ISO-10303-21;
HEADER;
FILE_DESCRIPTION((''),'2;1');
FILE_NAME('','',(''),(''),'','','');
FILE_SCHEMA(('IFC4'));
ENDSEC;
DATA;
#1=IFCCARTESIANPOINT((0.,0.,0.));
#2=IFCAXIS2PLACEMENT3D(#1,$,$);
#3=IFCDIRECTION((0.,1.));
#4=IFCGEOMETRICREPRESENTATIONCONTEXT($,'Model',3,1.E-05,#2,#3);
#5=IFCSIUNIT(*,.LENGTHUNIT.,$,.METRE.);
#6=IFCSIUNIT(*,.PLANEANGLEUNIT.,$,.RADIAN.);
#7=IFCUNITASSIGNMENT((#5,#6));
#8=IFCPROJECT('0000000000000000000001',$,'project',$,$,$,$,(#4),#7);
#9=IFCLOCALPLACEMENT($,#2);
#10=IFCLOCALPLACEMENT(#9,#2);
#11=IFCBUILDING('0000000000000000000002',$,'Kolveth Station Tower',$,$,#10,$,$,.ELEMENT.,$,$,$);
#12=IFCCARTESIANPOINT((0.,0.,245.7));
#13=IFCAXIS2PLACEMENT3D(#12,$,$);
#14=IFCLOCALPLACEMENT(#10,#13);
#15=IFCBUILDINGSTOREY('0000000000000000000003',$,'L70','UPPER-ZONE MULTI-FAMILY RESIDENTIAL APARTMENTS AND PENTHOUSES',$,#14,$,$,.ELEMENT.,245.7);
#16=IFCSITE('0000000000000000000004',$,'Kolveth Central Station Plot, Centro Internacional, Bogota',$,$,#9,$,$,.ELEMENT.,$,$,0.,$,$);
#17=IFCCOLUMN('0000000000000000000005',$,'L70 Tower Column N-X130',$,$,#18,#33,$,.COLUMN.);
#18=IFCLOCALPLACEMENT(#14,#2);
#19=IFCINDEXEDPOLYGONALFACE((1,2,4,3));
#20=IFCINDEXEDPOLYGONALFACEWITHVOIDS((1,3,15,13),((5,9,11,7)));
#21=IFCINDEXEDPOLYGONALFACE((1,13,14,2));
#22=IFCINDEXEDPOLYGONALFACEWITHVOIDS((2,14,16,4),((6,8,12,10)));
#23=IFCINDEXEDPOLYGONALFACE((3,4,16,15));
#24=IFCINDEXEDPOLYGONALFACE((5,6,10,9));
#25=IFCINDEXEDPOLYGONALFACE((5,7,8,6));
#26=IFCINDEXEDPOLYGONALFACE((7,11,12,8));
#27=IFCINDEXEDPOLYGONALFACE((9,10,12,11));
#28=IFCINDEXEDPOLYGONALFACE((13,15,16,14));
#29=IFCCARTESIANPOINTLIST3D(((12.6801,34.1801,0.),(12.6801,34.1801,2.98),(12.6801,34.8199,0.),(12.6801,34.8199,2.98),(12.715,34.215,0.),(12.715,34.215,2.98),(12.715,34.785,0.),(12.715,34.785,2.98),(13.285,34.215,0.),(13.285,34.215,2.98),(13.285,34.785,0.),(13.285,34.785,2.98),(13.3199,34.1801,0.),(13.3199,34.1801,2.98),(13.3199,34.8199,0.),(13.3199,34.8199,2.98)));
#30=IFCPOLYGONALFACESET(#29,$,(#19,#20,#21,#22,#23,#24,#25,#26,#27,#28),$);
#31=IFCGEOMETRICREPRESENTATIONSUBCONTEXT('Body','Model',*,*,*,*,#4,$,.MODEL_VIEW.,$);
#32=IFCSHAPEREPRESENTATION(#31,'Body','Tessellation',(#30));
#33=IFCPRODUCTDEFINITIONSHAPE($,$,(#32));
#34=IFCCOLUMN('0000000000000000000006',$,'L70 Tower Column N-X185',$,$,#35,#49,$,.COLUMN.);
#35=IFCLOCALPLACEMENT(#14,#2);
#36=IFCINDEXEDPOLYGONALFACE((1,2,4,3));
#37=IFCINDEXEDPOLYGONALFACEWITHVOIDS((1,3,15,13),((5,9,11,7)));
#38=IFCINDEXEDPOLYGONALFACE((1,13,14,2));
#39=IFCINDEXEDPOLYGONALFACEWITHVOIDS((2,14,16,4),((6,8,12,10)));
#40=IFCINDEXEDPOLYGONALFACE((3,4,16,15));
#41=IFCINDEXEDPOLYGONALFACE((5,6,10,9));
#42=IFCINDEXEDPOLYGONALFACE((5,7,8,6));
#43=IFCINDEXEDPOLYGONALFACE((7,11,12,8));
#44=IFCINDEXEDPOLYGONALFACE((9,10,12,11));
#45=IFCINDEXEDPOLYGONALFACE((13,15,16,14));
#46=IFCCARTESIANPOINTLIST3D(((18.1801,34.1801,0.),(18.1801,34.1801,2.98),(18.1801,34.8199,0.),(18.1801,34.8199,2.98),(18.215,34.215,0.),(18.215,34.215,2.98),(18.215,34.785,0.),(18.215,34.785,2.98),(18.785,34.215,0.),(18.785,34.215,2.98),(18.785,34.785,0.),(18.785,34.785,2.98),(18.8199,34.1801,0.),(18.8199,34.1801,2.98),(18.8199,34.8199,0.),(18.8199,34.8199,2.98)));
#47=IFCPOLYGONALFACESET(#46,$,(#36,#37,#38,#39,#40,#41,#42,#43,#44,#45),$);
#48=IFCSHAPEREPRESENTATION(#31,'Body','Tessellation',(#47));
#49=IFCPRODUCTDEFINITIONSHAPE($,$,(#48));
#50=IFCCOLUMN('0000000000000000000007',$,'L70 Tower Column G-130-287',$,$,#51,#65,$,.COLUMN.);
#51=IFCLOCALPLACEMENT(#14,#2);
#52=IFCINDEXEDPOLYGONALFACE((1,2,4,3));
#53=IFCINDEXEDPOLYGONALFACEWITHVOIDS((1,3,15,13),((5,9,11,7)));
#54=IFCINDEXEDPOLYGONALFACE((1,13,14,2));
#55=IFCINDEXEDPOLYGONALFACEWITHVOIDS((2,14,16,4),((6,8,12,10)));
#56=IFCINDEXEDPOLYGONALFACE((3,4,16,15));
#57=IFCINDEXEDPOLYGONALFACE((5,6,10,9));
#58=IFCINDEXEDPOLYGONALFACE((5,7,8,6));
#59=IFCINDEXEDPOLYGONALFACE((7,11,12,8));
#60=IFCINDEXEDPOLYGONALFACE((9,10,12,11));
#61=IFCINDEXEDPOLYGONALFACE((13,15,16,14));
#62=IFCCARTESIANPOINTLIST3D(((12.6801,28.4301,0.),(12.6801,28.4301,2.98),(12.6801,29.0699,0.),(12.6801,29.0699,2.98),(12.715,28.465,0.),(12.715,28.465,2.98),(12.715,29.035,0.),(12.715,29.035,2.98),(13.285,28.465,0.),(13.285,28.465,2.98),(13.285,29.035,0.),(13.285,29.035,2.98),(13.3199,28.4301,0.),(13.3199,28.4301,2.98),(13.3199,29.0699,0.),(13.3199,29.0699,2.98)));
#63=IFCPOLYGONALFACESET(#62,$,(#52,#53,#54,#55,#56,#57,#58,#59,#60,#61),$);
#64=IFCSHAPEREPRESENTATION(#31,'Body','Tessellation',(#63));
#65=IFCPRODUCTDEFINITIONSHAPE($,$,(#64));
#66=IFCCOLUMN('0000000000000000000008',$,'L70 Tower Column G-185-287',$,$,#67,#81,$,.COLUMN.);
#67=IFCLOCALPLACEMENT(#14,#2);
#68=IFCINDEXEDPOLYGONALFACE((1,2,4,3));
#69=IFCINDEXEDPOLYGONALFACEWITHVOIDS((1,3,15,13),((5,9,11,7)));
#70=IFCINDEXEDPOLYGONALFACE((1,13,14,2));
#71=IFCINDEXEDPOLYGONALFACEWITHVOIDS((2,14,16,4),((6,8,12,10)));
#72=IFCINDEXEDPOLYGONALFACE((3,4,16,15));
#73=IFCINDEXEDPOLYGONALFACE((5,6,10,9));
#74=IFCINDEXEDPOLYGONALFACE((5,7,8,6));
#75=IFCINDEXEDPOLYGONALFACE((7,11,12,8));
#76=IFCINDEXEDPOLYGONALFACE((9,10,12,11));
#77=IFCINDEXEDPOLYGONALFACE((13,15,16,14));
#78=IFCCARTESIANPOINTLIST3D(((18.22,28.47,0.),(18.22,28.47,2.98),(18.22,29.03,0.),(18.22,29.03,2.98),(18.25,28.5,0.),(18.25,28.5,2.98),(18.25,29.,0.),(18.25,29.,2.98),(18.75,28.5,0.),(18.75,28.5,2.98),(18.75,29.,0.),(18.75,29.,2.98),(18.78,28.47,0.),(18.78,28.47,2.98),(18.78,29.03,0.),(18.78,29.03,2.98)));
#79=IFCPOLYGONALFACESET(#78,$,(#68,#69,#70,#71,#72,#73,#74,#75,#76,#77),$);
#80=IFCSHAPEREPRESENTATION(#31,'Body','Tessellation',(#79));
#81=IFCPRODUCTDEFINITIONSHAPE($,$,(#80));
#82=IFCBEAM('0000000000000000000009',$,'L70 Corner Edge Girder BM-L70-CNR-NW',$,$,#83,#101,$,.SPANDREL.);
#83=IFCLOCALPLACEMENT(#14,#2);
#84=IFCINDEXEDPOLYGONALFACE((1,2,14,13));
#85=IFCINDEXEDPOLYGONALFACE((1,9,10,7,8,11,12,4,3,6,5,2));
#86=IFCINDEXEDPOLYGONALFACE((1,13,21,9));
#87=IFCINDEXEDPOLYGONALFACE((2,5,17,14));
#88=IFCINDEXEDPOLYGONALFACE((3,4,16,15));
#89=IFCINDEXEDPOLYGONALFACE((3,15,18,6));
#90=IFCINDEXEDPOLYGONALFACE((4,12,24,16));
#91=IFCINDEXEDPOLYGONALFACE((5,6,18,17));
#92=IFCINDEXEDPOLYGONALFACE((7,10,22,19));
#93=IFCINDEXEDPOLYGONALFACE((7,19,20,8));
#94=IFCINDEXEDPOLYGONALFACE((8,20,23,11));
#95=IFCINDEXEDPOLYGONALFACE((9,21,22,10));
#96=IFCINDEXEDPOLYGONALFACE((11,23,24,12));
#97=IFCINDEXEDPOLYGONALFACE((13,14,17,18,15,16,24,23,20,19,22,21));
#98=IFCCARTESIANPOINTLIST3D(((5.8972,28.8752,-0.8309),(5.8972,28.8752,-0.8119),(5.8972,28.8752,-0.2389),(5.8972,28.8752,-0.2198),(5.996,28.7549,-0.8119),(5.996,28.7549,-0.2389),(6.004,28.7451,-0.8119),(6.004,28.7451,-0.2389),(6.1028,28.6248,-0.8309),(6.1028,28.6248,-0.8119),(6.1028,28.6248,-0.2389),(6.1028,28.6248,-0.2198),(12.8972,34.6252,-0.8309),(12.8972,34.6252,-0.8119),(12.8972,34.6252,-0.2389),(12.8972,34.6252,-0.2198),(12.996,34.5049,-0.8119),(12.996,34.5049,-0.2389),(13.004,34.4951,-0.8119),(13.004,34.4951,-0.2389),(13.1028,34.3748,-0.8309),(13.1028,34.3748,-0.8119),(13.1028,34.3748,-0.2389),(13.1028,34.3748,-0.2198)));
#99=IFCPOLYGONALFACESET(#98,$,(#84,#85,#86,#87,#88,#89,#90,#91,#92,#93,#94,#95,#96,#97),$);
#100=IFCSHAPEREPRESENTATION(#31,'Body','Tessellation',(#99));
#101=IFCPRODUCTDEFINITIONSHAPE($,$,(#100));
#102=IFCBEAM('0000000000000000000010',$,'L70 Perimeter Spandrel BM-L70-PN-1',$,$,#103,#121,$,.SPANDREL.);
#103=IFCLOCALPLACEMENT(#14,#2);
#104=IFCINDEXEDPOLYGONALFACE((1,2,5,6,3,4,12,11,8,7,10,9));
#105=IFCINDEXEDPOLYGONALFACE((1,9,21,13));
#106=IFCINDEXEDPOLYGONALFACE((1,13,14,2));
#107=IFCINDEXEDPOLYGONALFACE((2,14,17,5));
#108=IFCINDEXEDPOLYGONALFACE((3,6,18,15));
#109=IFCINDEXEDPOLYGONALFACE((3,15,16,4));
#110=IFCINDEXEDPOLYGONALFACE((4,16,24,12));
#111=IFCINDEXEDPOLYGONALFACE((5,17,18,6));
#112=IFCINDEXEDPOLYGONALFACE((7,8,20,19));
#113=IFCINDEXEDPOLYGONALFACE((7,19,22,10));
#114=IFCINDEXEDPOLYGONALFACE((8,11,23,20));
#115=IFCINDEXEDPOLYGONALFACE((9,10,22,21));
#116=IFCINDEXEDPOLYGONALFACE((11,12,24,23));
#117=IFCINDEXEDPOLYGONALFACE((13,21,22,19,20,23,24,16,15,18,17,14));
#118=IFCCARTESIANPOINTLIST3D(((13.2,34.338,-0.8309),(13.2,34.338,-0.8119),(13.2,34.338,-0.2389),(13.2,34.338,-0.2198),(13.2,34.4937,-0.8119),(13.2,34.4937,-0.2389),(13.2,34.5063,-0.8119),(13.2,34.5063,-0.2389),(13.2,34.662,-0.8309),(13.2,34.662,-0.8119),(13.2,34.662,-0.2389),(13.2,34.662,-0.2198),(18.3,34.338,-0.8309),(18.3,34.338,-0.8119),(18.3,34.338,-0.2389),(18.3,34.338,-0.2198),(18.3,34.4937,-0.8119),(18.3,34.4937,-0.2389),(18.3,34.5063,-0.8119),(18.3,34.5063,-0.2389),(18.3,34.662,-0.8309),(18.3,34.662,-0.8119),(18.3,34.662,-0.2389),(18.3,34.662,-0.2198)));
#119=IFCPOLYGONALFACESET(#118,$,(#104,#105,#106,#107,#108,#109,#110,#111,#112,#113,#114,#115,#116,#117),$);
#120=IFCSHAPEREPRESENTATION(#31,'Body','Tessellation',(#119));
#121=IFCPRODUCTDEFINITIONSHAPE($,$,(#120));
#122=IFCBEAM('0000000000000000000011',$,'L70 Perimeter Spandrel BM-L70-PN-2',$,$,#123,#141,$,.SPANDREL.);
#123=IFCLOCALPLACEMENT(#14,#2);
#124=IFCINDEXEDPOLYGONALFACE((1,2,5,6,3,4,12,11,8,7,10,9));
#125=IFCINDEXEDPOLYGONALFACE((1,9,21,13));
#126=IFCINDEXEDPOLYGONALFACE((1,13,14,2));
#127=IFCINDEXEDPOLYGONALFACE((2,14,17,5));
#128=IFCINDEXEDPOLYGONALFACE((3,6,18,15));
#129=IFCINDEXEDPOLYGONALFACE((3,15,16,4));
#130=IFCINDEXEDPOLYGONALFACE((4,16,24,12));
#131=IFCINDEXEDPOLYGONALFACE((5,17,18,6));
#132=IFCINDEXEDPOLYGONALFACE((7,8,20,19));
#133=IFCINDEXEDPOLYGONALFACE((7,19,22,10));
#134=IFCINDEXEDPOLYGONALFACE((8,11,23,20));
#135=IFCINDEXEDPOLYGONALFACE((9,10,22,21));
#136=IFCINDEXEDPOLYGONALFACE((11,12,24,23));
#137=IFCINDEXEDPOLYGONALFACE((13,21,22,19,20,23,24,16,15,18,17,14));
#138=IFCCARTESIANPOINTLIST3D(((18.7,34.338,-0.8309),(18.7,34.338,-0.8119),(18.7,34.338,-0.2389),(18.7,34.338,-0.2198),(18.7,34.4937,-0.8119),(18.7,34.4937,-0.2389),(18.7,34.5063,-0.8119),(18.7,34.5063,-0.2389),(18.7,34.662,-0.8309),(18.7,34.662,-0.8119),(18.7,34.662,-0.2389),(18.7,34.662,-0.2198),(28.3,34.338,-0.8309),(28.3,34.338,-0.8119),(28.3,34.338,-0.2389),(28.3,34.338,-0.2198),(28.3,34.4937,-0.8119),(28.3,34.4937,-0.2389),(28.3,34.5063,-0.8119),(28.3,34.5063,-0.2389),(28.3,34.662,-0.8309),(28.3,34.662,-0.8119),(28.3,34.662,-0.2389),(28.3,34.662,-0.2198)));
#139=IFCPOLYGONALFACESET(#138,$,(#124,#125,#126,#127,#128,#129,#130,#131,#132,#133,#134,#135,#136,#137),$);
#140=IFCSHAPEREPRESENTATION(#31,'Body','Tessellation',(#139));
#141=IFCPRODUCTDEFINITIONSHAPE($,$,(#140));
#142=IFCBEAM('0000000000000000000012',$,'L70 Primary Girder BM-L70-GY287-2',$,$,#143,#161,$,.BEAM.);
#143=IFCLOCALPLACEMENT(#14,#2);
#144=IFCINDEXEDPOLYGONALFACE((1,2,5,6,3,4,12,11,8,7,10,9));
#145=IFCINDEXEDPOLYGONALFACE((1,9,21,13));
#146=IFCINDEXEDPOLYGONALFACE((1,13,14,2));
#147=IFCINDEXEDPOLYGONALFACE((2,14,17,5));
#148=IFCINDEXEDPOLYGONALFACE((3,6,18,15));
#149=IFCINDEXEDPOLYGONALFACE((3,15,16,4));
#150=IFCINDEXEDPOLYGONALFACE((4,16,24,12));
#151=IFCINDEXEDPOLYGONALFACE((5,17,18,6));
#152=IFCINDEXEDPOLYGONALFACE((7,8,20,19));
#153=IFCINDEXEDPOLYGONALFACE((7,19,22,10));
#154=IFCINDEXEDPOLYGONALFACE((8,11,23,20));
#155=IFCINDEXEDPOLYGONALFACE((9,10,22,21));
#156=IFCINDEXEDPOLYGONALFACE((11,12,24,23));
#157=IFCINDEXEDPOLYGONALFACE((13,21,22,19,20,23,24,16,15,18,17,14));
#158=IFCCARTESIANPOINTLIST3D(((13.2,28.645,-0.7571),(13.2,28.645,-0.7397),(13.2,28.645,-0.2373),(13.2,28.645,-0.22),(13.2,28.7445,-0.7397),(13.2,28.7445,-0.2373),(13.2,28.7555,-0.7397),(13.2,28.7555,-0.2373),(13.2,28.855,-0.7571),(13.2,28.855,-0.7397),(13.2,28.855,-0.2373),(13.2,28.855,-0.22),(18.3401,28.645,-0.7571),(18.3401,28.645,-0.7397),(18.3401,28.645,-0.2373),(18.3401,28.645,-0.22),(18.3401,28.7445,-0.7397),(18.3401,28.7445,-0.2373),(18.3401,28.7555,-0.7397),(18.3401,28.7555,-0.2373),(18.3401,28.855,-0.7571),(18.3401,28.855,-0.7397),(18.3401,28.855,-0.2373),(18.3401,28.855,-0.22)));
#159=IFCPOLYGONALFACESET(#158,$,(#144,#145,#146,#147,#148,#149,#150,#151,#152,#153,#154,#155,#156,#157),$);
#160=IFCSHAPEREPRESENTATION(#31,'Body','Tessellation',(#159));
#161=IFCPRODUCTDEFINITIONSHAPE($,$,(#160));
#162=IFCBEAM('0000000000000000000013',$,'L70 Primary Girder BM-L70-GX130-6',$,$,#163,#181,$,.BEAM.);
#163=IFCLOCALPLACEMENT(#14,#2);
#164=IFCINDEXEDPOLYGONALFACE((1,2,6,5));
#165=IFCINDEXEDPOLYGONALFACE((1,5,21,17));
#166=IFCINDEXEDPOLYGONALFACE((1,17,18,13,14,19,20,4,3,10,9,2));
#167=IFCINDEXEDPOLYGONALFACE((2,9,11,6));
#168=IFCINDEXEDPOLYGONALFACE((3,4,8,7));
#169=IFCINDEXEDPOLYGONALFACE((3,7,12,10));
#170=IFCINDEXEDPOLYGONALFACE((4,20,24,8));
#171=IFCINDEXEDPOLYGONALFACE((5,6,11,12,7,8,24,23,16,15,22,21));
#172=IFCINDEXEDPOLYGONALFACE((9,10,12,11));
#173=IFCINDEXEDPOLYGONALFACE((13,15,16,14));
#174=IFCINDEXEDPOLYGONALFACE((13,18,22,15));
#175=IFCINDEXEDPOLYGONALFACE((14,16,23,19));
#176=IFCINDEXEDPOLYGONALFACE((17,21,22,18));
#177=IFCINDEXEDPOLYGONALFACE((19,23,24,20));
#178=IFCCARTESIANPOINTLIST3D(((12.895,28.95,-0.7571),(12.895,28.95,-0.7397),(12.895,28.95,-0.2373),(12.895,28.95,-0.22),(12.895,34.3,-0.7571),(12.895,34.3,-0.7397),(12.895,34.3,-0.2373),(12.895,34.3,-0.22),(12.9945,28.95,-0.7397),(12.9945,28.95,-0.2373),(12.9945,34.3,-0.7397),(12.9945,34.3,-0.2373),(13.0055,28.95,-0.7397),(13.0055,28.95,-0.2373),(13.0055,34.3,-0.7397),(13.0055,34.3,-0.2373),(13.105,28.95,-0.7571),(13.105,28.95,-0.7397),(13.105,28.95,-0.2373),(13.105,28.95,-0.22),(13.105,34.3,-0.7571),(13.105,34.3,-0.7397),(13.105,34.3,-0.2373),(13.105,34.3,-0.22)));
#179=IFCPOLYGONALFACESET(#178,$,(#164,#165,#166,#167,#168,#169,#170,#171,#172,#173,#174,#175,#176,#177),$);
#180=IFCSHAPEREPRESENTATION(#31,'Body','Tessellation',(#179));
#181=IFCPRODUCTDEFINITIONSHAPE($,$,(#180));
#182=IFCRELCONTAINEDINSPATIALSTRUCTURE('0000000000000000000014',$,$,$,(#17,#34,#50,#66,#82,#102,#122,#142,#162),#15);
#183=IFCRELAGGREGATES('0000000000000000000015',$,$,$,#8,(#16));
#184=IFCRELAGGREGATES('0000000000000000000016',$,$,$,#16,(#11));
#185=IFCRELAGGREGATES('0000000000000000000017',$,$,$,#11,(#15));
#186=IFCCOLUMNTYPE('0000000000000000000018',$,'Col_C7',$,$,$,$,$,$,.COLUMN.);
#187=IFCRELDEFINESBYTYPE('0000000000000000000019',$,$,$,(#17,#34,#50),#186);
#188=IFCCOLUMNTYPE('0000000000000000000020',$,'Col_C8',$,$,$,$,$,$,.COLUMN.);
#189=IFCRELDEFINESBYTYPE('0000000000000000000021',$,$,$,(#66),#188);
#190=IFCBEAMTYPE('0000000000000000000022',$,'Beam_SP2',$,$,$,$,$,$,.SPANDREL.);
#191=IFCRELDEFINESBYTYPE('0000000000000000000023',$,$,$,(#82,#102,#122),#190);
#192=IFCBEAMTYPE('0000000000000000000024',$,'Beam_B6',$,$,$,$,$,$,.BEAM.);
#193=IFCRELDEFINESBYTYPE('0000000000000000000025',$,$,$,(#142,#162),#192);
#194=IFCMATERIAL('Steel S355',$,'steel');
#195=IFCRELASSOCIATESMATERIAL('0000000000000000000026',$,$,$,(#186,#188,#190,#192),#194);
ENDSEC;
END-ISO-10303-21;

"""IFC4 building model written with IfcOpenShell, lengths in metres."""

from ifc_helpers import new_model, si_unit, direction, frame, origin, origin_2d, place, context, subcontext, project, spatial, hollow_rectangle, i_section, extrude, source, transform, mapped, material, material_profile, profile_set, type_object, element, save


model = new_model("IFC4")

# Units and contexts
model_context = context("Model", 3, precision=1e-05, world=origin(), true_north=direction((0.0, 1.0)))
body_context = subcontext(model_context, "Body", "Model", "MODEL_VIEW")
ifc_project = project(units=[si_unit("LENGTHUNIT", "METRE"), si_unit("PLANEANGLEUNIT", "RADIAN")], contexts=[model_context])

# Site, building, storey
site_placement = place(None, origin())
site = spatial("IfcSite", under=ifc_project, at=site_placement, Name="Kolveth Central Station Plot, Centro Internacional, Bogota", CompositionType="ELEMENT", RefElevation=0.0)
building_placement = place(site_placement, origin())
building = spatial("IfcBuilding", under=site, at=building_placement, Name="Kolveth Station Tower", CompositionType="ELEMENT")
storey_placement = place(building_placement, frame((0.0, 0.0, 245.7)))
storey = spatial("IfcBuildingStorey", under=building, at=storey_placement, Name="L70", Description="UPPER-ZONE MULTI-FAMILY RESIDENTIAL APARTMENTS AND PENTHOUSES", CompositionType="ELEMENT", Elevation=245.7)

# Columns
ifc_material_1 = material(Name="Steel S355", Category="steel")
ifc_material_profile_1 = material_profile(ifc_material_1, hollow_rectangle(XDim=0.6399, YDim=0.6399, WallThickness=0.0349, at=origin_2d()), Name="BOX640x640x35")
ifc_profile_set_1 = profile_set([ifc_material_profile_1], Name="Steel S355")
column_type_1 = type_object("IfcColumnType", Name="Col_C7", PredefinedType="COLUMN", material=ifc_profile_set_1)
shared_shape_1 = source(origin(), body_context, "Body", "SweptSolid", [
    extrude(hollow_rectangle(XDim=0.6399, YDim=0.6399, WallThickness=0.0349, at=origin_2d()), origin(), (0.0, 0.0, 1.0), 2.98),
])
for number, where, z_axis, x_axis, name in (
    (1, (13.0, 34.5, 0.0), (0.0, 0.0, 1.0), (1.0, 0.0, 0.0), "L70 Tower Column N-X130"),
    (2, (18.5, 34.5, 0.0), (0.0, 0.0, 1.0), (1.0, 0.0, 0.0), "L70 Tower Column N-X185"),
    (3, (13.0, 28.75, 0.0), (0.0, 0.0, 1.0), (1.0, 0.0, 0.0), "L70 Tower Column G-130-287"),
):
    element("IfcColumn", number, at=place(storey_placement, frame(where, z_axis=z_axis, x_axis=x_axis)), inside=storey, type_object=column_type_1, Name=name, PredefinedType="COLUMN", context=body_context, shape_type="MappedRepresentation", body=[
        mapped(shared_shape_1, transform((0.0, 0.0, 0.0), x_axis=(1.0, 0.0, 0.0), y_axis=(0.0, 1.0, 0.0), z_axis=(0.0, 0.0, 1.0), scale=1.0)),
    ])
ifc_material_profile_2 = material_profile(ifc_material_1, hollow_rectangle(XDim=0.5601, YDim=0.5601, WallThickness=0.03, at=origin_2d()), Name="BOX560x560x30")
ifc_profile_set_2 = profile_set([ifc_material_profile_2], Name="Steel S355")
column_type_2 = type_object("IfcColumnType", Name="Col_C8", PredefinedType="COLUMN", material=ifc_profile_set_2)
shared_shape_2 = source(origin(), body_context, "Body", "SweptSolid", [
    extrude(hollow_rectangle(XDim=0.5601, YDim=0.5601, WallThickness=0.03, at=origin_2d()), origin(), (0.0, 0.0, 1.0), 2.98),
])
column_placement = place(storey_placement, frame((18.5, 28.75, 0.0), z_axis=(0.0, 0.0, 1.0), x_axis=(1.0, 0.0, 0.0)))
element("IfcColumn", 4, at=column_placement, inside=storey, type_object=column_type_2, Name="L70 Tower Column G-185-287", PredefinedType="COLUMN", context=body_context, shape_type="MappedRepresentation", body=[
    mapped(shared_shape_2, transform((0.0, 0.0, 0.0), x_axis=(1.0, 0.0, 0.0), y_axis=(0.0, 1.0, 0.0), z_axis=(0.0, 0.0, 1.0), scale=1.0)),
])

# Beams
ifc_material_profile_3 = material_profile(ifc_material_1, i_section(OverallWidth=0.324, OverallDepth=0.6111, WebThickness=0.0127, FlangeThickness=0.019, at=origin_2d()), Name="W610x155")
ifc_profile_set_3 = profile_set([ifc_material_profile_3], Name="Steel S355")
beam_type_1 = type_object("IfcBeamType", Name="Beam_SP2", PredefinedType="SPANDREL", material=ifc_profile_set_3)
shared_shape_3 = source(origin(), body_context, "Body", "SweptSolid", [
    extrude(i_section(OverallWidth=0.324, OverallDepth=0.6111, WebThickness=0.0127, FlangeThickness=0.019, at=origin_2d()), origin(), (0.0, 0.0, 1.0), 9.0588),
])
beam_1_placement = place(storey_placement, frame((13.0, 34.5, -0.5254), z_axis=(-0.772726, -0.634739, 0.0), x_axis=(0.634739, -0.772726, 0.0)))
element("IfcBeam", 5, at=beam_1_placement, inside=storey, type_object=beam_type_1, Name="L70 Corner Edge Girder BM-L70-CNR-NW", PredefinedType="SPANDREL", context=body_context, shape_type="MappedRepresentation", body=[
    mapped(shared_shape_3, transform((0.0, 0.0, 0.0), x_axis=(1.0, 0.0, 0.0), y_axis=(0.0, 1.0, 0.0), z_axis=(0.0, 0.0, 1.0), scale=1.0)),
])
shared_shape_4 = source(origin(), body_context, "Body", "SweptSolid", [
    extrude(i_section(OverallWidth=0.324, OverallDepth=0.6111, WebThickness=0.0127, FlangeThickness=0.019, at=origin_2d()), origin(), (0.0, 0.0, 1.0), 5.1001),
])
beam_2_placement = place(storey_placement, frame((13.2, 34.5, -0.5254), z_axis=(1.0, 0.0, 0.0), x_axis=(0.0, 1.0, 0.0)))
element("IfcBeam", 6, at=beam_2_placement, inside=storey, type_object=beam_type_1, Name="L70 Perimeter Spandrel BM-L70-PN-1", PredefinedType="SPANDREL", context=body_context, shape_type="MappedRepresentation", body=[
    mapped(shared_shape_4, transform((0.0, 0.0, 0.0), x_axis=(1.0, 0.0, 0.0), y_axis=(0.0, 1.0, 0.0), z_axis=(0.0, 0.0, 1.0), scale=1.0)),
])
shared_shape_5 = source(origin(), body_context, "Body", "SweptSolid", [
    extrude(i_section(OverallWidth=0.324, OverallDepth=0.6111, WebThickness=0.0127, FlangeThickness=0.019, at=origin_2d()), origin(), (0.0, 0.0, 1.0), 9.6001),
])
beam_3_placement = place(storey_placement, frame((18.7, 34.5, -0.5254), z_axis=(1.0, 0.0, 0.0), x_axis=(0.0, 1.0, 0.0)))
element("IfcBeam", 7, at=beam_3_placement, inside=storey, type_object=beam_type_1, Name="L70 Perimeter Spandrel BM-L70-PN-2", PredefinedType="SPANDREL", context=body_context, shape_type="MappedRepresentation", body=[
    mapped(shared_shape_5, transform((0.0, 0.0, 0.0), x_axis=(1.0, 0.0, 0.0), y_axis=(0.0, 1.0, 0.0), z_axis=(0.0, 0.0, 1.0), scale=1.0)),
])
ifc_material_profile_4 = material_profile(ifc_material_1, i_section(OverallWidth=0.21, OverallDepth=0.5371, WebThickness=0.011, FlangeThickness=0.0173, at=origin_2d()), Name="W530x101")
ifc_profile_set_4 = profile_set([ifc_material_profile_4], Name="Steel S355")
beam_type_2 = type_object("IfcBeamType", Name="Beam_B6", PredefinedType="BEAM", material=ifc_profile_set_4)
shared_shape_6 = source(origin(), body_context, "Body", "SweptSolid", [
    extrude(i_section(OverallWidth=0.21, OverallDepth=0.5371, WebThickness=0.011, FlangeThickness=0.0173, at=origin_2d()), origin(), (0.0, 0.0, 1.0), 5.1401),
])
beam_4_placement = place(storey_placement, frame((13.2, 28.75, -0.4885), z_axis=(1.0, 0.0, 0.0), x_axis=(0.0, 1.0, 0.0)))
element("IfcBeam", 8, at=beam_4_placement, inside=storey, type_object=beam_type_2, Name="L70 Primary Girder BM-L70-GY287-2", PredefinedType="BEAM", context=body_context, shape_type="MappedRepresentation", body=[
    mapped(shared_shape_6, transform((0.0, 0.0, 0.0), x_axis=(1.0, 0.0, 0.0), y_axis=(0.0, 1.0, 0.0), z_axis=(0.0, 0.0, 1.0), scale=1.0)),
])
shared_shape_7 = source(origin(), body_context, "Body", "SweptSolid", [
    extrude(i_section(OverallWidth=0.21, OverallDepth=0.5371, WebThickness=0.011, FlangeThickness=0.0173, at=origin_2d()), origin(), (0.0, 0.0, 1.0), 5.3501),
])
beam_5_placement = place(storey_placement, frame((13.0, 28.95, -0.4885), z_axis=(0.0, 1.0, 0.0), x_axis=(-1.0, 0.0, 0.0)))
element("IfcBeam", 9, at=beam_5_placement, inside=storey, type_object=beam_type_2, Name="L70 Primary Girder BM-L70-GX130-6", PredefinedType="BEAM", context=body_context, shape_type="MappedRepresentation", body=[
    mapped(shared_shape_7, transform((0.0, 0.0, 0.0), x_axis=(1.0, 0.0, 0.0), y_axis=(0.0, 1.0, 0.0), z_axis=(0.0, 0.0, 1.0), scale=1.0)),
])

save(model, "model.ifc")
